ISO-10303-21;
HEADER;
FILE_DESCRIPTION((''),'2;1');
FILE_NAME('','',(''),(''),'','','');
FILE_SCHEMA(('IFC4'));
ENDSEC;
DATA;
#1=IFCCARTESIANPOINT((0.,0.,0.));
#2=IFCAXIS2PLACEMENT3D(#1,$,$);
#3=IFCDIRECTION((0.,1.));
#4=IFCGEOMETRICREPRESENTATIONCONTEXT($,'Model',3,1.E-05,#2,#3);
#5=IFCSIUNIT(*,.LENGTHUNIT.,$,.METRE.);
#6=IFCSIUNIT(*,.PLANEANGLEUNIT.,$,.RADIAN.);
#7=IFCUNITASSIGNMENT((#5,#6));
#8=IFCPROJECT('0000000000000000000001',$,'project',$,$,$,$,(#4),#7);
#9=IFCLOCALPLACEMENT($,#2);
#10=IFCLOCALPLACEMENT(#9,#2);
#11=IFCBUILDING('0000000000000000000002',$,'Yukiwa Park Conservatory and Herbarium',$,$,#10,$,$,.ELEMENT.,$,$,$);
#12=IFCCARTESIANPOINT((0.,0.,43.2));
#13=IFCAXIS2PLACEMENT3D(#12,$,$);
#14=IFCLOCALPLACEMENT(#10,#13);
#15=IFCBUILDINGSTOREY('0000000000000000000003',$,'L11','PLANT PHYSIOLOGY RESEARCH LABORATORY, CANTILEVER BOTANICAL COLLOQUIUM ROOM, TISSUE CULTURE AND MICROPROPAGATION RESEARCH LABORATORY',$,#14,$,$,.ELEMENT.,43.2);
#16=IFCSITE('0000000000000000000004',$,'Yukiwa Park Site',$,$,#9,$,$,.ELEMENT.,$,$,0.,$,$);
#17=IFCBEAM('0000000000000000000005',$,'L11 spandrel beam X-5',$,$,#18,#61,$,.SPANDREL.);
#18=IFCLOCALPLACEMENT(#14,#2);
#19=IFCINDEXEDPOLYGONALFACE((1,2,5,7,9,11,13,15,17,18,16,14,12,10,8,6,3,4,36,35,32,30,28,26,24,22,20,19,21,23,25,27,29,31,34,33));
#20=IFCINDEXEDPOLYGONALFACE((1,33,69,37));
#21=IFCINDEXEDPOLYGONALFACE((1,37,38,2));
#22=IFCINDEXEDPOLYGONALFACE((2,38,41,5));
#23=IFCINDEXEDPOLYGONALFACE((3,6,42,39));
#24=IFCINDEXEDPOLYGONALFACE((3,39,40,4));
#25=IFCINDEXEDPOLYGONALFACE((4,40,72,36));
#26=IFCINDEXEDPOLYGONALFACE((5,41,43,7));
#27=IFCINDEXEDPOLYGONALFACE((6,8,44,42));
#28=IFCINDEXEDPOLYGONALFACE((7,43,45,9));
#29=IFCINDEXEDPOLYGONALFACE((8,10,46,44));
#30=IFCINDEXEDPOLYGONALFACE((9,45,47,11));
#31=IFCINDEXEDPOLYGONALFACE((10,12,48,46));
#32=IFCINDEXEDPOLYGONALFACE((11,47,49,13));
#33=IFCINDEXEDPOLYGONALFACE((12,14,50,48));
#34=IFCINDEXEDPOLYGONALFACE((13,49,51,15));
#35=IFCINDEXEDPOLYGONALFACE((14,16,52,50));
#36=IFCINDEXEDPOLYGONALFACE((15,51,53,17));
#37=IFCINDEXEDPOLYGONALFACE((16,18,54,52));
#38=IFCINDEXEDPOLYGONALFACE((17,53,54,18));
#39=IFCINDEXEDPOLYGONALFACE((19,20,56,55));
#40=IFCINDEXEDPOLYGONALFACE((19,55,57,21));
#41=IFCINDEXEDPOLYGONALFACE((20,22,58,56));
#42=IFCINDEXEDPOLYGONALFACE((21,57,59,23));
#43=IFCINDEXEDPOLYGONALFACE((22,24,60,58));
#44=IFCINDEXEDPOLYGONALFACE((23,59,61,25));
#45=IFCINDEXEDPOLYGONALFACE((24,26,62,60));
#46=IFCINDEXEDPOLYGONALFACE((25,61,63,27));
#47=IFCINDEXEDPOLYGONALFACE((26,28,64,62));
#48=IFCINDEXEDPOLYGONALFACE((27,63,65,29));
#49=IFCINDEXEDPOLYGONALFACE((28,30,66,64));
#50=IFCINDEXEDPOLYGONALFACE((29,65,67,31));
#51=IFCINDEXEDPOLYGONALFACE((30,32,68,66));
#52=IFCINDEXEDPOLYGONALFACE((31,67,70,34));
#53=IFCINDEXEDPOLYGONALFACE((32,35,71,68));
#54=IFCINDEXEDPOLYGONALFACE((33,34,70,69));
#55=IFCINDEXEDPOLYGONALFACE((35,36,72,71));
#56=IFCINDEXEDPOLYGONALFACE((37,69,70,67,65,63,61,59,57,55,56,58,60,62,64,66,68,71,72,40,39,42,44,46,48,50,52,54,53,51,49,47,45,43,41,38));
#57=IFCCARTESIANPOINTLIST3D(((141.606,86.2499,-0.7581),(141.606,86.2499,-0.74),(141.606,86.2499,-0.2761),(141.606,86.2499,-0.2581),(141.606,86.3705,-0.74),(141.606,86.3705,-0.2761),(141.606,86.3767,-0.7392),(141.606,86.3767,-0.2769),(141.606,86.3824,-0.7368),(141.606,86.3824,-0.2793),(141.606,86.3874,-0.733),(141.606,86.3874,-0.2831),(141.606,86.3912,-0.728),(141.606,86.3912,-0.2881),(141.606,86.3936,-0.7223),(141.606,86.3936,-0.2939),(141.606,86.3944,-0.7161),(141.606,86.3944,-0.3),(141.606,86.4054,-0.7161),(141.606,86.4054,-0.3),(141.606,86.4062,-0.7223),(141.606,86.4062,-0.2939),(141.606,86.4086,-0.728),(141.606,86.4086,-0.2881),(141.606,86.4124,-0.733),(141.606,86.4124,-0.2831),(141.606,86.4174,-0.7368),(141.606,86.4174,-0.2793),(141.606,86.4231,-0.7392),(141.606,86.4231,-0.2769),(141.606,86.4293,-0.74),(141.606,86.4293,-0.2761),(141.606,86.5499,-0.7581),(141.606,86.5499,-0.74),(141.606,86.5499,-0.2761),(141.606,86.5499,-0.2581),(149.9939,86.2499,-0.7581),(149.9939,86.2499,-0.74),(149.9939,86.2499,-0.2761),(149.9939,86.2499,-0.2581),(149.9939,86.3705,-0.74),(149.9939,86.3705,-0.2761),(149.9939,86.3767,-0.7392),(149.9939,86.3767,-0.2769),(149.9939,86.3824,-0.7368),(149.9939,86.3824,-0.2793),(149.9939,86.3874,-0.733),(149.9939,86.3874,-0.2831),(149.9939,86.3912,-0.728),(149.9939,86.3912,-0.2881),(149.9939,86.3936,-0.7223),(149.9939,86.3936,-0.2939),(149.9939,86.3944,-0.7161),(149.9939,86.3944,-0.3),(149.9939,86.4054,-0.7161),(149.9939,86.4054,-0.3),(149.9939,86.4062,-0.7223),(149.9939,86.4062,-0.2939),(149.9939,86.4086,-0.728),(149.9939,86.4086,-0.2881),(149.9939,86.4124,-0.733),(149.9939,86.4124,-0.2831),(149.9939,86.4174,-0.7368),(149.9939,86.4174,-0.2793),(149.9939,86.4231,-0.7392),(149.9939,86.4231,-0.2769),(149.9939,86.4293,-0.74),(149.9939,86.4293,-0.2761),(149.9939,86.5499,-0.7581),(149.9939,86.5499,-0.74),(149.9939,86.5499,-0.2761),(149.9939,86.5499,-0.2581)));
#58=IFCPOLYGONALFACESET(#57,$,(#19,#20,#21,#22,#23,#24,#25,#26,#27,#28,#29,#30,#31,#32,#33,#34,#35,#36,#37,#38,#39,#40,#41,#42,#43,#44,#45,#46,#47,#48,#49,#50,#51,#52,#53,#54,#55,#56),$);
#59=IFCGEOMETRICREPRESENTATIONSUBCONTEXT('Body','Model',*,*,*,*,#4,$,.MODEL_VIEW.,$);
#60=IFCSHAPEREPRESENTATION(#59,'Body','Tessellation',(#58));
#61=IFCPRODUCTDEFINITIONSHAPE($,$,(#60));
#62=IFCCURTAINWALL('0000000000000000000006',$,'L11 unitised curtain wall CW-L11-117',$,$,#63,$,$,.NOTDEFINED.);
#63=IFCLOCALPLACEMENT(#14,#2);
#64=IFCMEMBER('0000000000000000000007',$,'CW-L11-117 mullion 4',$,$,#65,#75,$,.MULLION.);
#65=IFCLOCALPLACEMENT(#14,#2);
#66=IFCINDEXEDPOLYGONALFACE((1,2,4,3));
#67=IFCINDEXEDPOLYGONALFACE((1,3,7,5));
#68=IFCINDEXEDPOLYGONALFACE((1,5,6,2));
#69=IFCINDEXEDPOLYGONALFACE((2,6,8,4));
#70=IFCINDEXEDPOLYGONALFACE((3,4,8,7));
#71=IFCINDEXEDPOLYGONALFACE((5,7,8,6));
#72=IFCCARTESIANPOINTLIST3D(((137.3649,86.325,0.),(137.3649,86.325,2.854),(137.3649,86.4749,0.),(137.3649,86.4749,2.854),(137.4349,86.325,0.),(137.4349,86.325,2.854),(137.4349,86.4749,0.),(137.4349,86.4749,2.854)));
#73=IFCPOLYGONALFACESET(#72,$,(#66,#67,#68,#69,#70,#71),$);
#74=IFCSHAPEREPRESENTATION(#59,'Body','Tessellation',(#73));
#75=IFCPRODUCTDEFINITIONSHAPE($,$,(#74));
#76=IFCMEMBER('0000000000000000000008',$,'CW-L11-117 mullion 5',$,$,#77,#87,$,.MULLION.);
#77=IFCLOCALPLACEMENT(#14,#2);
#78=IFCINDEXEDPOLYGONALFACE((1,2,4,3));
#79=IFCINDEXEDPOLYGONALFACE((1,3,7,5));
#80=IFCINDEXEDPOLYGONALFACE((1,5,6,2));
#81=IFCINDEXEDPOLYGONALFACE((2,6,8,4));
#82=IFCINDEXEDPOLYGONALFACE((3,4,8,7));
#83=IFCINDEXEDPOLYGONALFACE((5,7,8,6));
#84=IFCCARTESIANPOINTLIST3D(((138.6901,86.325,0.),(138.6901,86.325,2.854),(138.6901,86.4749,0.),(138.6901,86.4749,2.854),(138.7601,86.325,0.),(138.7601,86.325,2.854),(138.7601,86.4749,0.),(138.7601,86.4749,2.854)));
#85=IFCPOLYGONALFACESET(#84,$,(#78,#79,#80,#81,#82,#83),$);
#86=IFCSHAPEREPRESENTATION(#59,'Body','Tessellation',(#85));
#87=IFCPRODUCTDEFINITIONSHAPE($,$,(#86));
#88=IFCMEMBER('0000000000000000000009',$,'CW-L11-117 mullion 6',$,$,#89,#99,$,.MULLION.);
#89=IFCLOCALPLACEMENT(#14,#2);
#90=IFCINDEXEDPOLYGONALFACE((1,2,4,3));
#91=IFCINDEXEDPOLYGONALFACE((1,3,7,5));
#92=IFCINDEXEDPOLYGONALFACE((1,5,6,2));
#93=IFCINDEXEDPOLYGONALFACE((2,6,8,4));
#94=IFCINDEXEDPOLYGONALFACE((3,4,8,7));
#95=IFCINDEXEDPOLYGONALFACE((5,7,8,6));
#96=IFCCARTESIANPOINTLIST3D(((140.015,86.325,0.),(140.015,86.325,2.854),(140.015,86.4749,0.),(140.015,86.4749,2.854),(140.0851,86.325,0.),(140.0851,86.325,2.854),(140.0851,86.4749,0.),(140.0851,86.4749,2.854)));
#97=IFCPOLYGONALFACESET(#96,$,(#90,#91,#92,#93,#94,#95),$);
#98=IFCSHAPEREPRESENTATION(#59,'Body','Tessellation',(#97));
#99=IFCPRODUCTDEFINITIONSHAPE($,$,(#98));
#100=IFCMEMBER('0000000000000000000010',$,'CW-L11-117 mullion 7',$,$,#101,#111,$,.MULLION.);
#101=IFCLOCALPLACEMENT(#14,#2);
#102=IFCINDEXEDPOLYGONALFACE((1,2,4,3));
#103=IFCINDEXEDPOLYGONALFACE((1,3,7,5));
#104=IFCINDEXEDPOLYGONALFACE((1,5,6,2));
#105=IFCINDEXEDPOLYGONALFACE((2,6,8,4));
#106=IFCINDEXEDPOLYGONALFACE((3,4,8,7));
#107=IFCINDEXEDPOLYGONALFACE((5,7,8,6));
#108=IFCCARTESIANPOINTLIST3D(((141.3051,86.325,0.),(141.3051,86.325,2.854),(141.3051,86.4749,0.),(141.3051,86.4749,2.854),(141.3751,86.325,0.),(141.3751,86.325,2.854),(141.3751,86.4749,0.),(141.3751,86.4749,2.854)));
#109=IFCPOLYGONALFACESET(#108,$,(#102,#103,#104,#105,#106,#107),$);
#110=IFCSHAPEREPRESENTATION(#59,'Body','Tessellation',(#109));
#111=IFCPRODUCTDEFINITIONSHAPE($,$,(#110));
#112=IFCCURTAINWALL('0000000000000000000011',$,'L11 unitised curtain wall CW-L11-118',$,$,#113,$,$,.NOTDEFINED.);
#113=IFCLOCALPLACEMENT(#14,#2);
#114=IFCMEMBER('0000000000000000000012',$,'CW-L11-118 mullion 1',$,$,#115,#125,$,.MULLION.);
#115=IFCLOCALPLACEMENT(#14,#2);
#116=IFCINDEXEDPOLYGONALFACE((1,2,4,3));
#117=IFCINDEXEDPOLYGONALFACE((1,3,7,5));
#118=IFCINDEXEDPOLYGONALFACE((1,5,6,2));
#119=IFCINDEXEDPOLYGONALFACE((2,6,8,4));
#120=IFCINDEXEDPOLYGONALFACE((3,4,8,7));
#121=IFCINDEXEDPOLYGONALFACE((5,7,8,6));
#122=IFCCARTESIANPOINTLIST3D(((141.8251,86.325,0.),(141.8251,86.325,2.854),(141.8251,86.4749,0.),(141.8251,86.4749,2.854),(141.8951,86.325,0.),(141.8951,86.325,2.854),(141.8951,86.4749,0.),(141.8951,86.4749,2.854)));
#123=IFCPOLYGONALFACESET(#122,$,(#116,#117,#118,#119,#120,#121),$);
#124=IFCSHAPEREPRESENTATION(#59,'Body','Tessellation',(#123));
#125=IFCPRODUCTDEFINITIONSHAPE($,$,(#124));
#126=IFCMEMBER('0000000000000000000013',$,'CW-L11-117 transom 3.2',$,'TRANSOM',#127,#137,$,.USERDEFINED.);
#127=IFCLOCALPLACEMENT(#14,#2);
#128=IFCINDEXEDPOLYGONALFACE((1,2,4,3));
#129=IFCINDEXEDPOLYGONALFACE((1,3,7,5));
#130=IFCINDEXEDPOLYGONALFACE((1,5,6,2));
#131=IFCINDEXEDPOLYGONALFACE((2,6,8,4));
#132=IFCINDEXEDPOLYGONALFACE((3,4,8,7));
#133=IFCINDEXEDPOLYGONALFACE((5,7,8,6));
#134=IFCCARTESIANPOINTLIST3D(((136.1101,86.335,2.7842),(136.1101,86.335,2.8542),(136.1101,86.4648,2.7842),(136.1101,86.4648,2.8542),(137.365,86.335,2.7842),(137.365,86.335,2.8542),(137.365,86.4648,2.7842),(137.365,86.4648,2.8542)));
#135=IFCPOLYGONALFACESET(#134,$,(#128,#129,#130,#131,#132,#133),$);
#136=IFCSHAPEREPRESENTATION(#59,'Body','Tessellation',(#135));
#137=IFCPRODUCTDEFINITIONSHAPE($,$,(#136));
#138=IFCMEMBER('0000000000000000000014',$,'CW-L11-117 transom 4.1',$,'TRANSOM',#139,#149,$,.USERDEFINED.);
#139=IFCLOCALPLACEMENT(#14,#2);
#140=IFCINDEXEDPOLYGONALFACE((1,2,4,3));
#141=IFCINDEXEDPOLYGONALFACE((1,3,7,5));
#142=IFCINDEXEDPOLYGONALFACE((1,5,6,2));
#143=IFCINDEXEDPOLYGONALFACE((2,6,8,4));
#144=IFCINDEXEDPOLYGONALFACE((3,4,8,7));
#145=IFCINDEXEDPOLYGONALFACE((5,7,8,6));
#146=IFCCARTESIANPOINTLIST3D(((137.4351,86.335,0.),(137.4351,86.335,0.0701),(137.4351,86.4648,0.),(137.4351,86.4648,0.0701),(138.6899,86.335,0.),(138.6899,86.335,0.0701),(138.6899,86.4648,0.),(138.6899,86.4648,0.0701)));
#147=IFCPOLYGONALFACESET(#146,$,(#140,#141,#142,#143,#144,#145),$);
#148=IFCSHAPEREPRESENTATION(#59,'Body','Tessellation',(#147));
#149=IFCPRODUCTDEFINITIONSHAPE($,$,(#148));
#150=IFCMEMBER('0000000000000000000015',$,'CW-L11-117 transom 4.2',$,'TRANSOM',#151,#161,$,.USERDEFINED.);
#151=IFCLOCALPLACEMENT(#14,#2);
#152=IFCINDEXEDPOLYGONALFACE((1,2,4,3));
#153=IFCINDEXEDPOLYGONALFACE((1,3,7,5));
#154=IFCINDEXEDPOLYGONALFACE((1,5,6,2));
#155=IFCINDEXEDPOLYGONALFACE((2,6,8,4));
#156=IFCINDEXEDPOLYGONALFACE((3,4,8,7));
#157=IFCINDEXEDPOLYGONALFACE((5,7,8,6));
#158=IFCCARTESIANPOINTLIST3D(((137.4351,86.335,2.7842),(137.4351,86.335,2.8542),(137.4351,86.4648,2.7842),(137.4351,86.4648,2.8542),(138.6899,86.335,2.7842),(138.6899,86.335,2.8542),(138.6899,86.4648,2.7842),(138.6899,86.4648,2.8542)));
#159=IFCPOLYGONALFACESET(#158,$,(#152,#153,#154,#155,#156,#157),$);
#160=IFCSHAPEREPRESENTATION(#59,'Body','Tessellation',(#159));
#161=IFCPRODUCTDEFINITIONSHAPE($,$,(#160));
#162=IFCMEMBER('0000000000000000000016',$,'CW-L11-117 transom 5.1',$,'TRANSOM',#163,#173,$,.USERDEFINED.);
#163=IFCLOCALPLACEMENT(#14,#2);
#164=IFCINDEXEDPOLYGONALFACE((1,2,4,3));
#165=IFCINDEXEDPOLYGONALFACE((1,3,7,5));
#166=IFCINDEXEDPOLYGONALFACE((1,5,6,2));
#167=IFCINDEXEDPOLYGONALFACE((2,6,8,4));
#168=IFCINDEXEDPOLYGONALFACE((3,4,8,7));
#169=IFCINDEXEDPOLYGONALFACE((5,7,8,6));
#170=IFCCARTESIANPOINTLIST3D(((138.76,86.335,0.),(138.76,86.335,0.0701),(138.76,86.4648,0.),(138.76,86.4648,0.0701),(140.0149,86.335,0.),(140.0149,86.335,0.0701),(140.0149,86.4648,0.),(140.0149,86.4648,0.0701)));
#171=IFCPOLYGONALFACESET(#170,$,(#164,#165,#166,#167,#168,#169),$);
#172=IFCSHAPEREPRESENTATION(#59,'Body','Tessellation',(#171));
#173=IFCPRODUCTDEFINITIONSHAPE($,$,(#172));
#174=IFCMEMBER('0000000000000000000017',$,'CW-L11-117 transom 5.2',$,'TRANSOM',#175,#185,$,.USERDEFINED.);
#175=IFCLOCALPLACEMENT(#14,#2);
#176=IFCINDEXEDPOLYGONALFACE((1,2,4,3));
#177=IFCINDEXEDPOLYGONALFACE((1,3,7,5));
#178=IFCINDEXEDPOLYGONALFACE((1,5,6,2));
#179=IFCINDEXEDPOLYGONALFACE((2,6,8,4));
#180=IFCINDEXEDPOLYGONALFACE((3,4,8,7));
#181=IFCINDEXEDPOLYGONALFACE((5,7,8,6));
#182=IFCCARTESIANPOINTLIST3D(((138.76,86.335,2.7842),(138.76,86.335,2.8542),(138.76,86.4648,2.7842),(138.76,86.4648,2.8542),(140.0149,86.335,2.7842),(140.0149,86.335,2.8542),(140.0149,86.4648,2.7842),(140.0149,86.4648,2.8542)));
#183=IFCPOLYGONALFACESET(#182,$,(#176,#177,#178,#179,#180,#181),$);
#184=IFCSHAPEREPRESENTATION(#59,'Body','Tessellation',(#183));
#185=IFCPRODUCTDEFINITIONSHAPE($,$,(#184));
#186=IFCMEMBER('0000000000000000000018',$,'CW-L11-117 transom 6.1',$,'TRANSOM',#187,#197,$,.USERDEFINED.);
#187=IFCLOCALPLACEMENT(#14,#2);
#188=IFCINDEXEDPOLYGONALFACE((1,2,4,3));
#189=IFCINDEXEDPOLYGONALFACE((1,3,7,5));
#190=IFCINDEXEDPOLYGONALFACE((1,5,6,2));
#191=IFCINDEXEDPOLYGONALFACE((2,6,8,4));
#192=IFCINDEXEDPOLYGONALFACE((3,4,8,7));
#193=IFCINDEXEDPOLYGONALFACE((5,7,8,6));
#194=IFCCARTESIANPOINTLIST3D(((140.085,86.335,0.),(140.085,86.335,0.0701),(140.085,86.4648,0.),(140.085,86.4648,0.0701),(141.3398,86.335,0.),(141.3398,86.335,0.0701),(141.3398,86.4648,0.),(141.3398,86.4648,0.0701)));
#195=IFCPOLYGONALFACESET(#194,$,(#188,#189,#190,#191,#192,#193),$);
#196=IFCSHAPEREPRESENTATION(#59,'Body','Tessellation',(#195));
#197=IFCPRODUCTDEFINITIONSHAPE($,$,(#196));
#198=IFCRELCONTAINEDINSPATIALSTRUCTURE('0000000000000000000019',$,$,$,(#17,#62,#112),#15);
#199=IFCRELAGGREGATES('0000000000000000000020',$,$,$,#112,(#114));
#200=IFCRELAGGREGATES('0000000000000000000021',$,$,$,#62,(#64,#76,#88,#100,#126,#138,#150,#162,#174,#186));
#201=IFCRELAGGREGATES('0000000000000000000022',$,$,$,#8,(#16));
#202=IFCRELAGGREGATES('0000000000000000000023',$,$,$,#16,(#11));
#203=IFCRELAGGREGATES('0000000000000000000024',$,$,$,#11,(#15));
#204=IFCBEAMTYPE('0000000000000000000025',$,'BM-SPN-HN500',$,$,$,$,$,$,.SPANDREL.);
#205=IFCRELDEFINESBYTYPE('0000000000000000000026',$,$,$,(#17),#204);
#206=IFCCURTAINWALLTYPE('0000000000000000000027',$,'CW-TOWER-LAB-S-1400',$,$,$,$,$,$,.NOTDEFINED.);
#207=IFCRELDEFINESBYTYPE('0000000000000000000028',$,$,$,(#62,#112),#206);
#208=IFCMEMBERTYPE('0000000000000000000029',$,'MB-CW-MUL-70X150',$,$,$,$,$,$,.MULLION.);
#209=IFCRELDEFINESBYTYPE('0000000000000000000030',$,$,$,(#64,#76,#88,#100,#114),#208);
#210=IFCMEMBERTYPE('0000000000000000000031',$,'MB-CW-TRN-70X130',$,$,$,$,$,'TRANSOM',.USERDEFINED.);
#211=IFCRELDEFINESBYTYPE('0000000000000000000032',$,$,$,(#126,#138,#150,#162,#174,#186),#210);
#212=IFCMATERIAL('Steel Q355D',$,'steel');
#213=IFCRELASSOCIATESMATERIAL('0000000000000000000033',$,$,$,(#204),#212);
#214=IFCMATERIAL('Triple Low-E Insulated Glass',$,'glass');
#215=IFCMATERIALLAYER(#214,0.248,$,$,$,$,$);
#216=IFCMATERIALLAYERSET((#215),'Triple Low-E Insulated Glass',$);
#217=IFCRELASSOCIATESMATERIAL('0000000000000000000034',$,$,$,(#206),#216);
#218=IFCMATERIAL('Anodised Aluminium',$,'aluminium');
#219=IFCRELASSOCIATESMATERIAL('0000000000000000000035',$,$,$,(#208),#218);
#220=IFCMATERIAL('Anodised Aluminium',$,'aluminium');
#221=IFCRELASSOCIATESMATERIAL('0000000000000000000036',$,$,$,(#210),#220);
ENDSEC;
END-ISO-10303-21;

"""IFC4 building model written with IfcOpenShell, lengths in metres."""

from ifc_helpers import new_model, si_unit, direction, frame, origin, origin_2d, place, context, subcontext, project, spatial, rectangle, i_section, extrude, material, layer, layer_set, material_profile, profile_set, type_object, element, aggregate, save


model = new_model("IFC4")

# Units and contexts
model_context = context("Model", 3, precision=1e-05, world=origin(), true_north=direction((0.0, 1.0)))
body_context = subcontext(model_context, "Body", "Model", "MODEL_VIEW")
ifc_project = project(units=[si_unit("LENGTHUNIT", "METRE"), si_unit("PLANEANGLEUNIT", "RADIAN")], contexts=[model_context])

# Site, building, storey
site_placement = place(None, origin())
site = spatial("IfcSite", under=ifc_project, at=site_placement, Name="Yukiwa Park Site", CompositionType="ELEMENT", RefElevation=0.0)
building_placement = place(site_placement, origin())
building = spatial("IfcBuilding", under=site, at=building_placement, Name="Yukiwa Park Conservatory and Herbarium", CompositionType="ELEMENT")
storey_placement = place(building_placement, frame((0.0, 0.0, 43.2)))
storey = spatial("IfcBuildingStorey", under=building, at=storey_placement, Name="L11", Description="PLANT PHYSIOLOGY RESEARCH LABORATORY, CANTILEVER BOTANICAL COLLOQUIUM ROOM, TISSUE CULTURE AND MICROPROPAGATION RESEARCH LABORATORY", CompositionType="ELEMENT", Elevation=43.2)

# Beam
ifc_material_1 = material(Name="Steel Q355D", Category="steel")
ifc_material_profile_1 = material_profile(ifc_material_1, i_section(OverallWidth=0.3, OverallDepth=0.5, WebThickness=0.011, FlangeThickness=0.0181, FilletRadius=0.0239, at=origin_2d()), Name="HM 500x300x11x18")
ifc_profile_set_1 = profile_set([ifc_material_profile_1], Name="Steel Q355D")
beam_type_1 = type_object("IfcBeamType", Name="BM-SPN-HN500", PredefinedType="SPANDREL", material=ifc_profile_set_1)
beam_1_placement = place(storey_placement, frame((141.606, 86.3999, -0.5081), z_axis=(1.0, 0.0, 0.0), x_axis=(0.0, 1.0, 0.0)))
element("IfcBeam", 1, at=beam_1_placement, inside=storey, type_object=beam_type_1, Name="L11 spandrel beam X-5", PredefinedType="SPANDREL", context=body_context, shape_type="SweptSolid", body=[
    extrude(i_section(OverallWidth=0.3, OverallDepth=0.5, WebThickness=0.011, FlangeThickness=0.0181, FilletRadius=0.0239, at=origin_2d()), origin(), (0.0, 0.0, 1.0), 8.3879),
])

# Curtain wall, members
ifc_material_2 = material(Name="Triple Low-E Insulated Glass", Category="glass")
ifc_layer_1 = layer(ifc_material_2, 0.248)
ifc_layer_set_1 = layer_set([ifc_layer_1], Name="Triple Low-E Insulated Glass")
curtain_wall_type = type_object("IfcCurtainWallType", Name="CW-TOWER-LAB-S-1400", PredefinedType="NOTDEFINED", material=ifc_layer_set_1)
curtain_wall_1_placement = place(storey_placement, origin())
curtain_wall_1 = element("IfcCurtainWall", 2, at=curtain_wall_1_placement, inside=storey, type_object=curtain_wall_type, Name="L11 unitised curtain wall CW-L11-117", PredefinedType="NOTDEFINED")
ifc_material_3 = material(Name="Anodised Aluminium", Category="aluminium")
member_type_1 = type_object("IfcMemberType", Name="MB-CW-MUL-70X150", PredefinedType="MULLION", material=ifc_material_3)
member_1_placement = place(storey_placement, frame((137.3999, 86.3999, 0.0), z_axis=(0.0, 0.0, 1.0), x_axis=(1.0, 0.0, 0.0)))
member_1 = element("IfcMember", 3, at=member_1_placement, type_object=member_type_1, Name="CW-L11-117 mullion 4", PredefinedType="MULLION", context=body_context, shape_type="SweptSolid", body=[
    extrude(rectangle(XDim=0.0701, YDim=0.1499, at=origin_2d()), origin(), (0.0, 0.0, 1.0), 2.854),
])
member_2_placement = place(storey_placement, frame((138.7251, 86.3999, 0.0), z_axis=(0.0, 0.0, 1.0), x_axis=(1.0, 0.0, 0.0)))
member_2 = element("IfcMember", 4, at=member_2_placement, type_object=member_type_1, Name="CW-L11-117 mullion 5", PredefinedType="MULLION", context=body_context, shape_type="SweptSolid", body=[
    extrude(rectangle(XDim=0.0701, YDim=0.1499, at=origin_2d()), origin(), (0.0, 0.0, 1.0), 2.854),
])
member_3_placement = place(storey_placement, frame((140.05, 86.3999, 0.0), z_axis=(0.0, 0.0, 1.0), x_axis=(1.0, 0.0, 0.0)))
member_3 = element("IfcMember", 5, at=member_3_placement, type_object=member_type_1, Name="CW-L11-117 mullion 6", PredefinedType="MULLION", context=body_context, shape_type="SweptSolid", body=[
    extrude(rectangle(XDim=0.0701, YDim=0.1499, at=origin_2d()), origin(), (0.0, 0.0, 1.0), 2.854),
])
member_4_placement = place(storey_placement, frame((141.3401, 86.3999, 0.0), z_axis=(0.0, 0.0, 1.0), x_axis=(1.0, 0.0, 0.0)))
member_4 = element("IfcMember", 6, at=member_4_placement, type_object=member_type_1, Name="CW-L11-117 mullion 7", PredefinedType="MULLION", context=body_context, shape_type="SweptSolid", body=[
    extrude(rectangle(XDim=0.0701, YDim=0.1499, at=origin_2d()), origin(), (0.0, 0.0, 1.0), 2.854),
])

# Curtain wall, member
curtain_wall_2_placement = place(storey_placement, origin())
curtain_wall_2 = element("IfcCurtainWall", 7, at=curtain_wall_2_placement, inside=storey, type_object=curtain_wall_type, Name="L11 unitised curtain wall CW-L11-118", PredefinedType="NOTDEFINED")
member_5_placement = place(storey_placement, frame((141.8601, 86.3999, 0.0), z_axis=(0.0, 0.0, 1.0), x_axis=(1.0, 0.0, 0.0)))
member_5 = element("IfcMember", 8, at=member_5_placement, type_object=member_type_1, Name="CW-L11-118 mullion 1", PredefinedType="MULLION", context=body_context, shape_type="SweptSolid", body=[
    extrude(rectangle(XDim=0.0701, YDim=0.1499, at=origin_2d()), origin(), (0.0, 0.0, 1.0), 2.854),
])

# Members
ifc_material_4 = material(Name="Anodised Aluminium", Category="aluminium")
member_type_2 = type_object("IfcMemberType", Name="MB-CW-TRN-70X130", ElementType="TRANSOM", PredefinedType="USERDEFINED", material=ifc_material_4)
member_6_placement = place(storey_placement, frame((136.7375, 86.3999, 2.7842), z_axis=(0.0, 0.0, 1.0), x_axis=(1.0, 0.0, 0.0)))
member_6 = element("IfcMember", 9, at=member_6_placement, type_object=member_type_2, Name="CW-L11-117 transom 3.2", ObjectType="TRANSOM", PredefinedType="USERDEFINED", context=body_context, shape_type="SweptSolid", body=[
    extrude(rectangle(XDim=1.2549, YDim=0.1299, at=origin_2d()), origin(), (0.0, 0.0, 1.0), 0.0701),
])
member_7_placement = place(storey_placement, frame((138.0625, 86.3999, 0.0), z_axis=(0.0, 0.0, 1.0), x_axis=(1.0, 0.0, 0.0)))
member_7 = element("IfcMember", 10, at=member_7_placement, type_object=member_type_2, Name="CW-L11-117 transom 4.1", ObjectType="TRANSOM", PredefinedType="USERDEFINED", context=body_context, shape_type="SweptSolid", body=[
    extrude(rectangle(XDim=1.2549, YDim=0.1299, at=origin_2d()), origin(), (0.0, 0.0, 1.0), 0.0701),
])
member_8_placement = place(storey_placement, frame((138.0625, 86.3999, 2.7842), z_axis=(0.0, 0.0, 1.0), x_axis=(1.0, 0.0, 0.0)))
member_8 = element("IfcMember", 11, at=member_8_placement, type_object=member_type_2, Name="CW-L11-117 transom 4.2", ObjectType="TRANSOM", PredefinedType="USERDEFINED", context=body_context, shape_type="SweptSolid", body=[
    extrude(rectangle(XDim=1.2549, YDim=0.1299, at=origin_2d()), origin(), (0.0, 0.0, 1.0), 0.0701),
])
member_9_placement = place(storey_placement, frame((139.3875, 86.3999, 0.0), z_axis=(0.0, 0.0, 1.0), x_axis=(1.0, 0.0, 0.0)))
member_9 = element("IfcMember", 12, at=member_9_placement, type_object=member_type_2, Name="CW-L11-117 transom 5.1", ObjectType="TRANSOM", PredefinedType="USERDEFINED", context=body_context, shape_type="SweptSolid", body=[
    extrude(rectangle(XDim=1.2549, YDim=0.1299, at=origin_2d()), origin(), (0.0, 0.0, 1.0), 0.0701),
])
member_10_placement = place(storey_placement, frame((139.3875, 86.3999, 2.7842), z_axis=(0.0, 0.0, 1.0), x_axis=(1.0, 0.0, 0.0)))
member_10 = element("IfcMember", 13, at=member_10_placement, type_object=member_type_2, Name="CW-L11-117 transom 5.2", ObjectType="TRANSOM", PredefinedType="USERDEFINED", context=body_context, shape_type="SweptSolid", body=[
    extrude(rectangle(XDim=1.2549, YDim=0.1299, at=origin_2d()), origin(), (0.0, 0.0, 1.0), 0.0701),
])
member_11_placement = place(storey_placement, frame((140.7124, 86.3999, 0.0), z_axis=(0.0, 0.0, 1.0), x_axis=(1.0, 0.0, 0.0)))
member_11 = element("IfcMember", 14, at=member_11_placement, type_object=member_type_2, Name="CW-L11-117 transom 6.1", ObjectType="TRANSOM", PredefinedType="USERDEFINED", context=body_context, shape_type="SweptSolid", body=[
    extrude(rectangle(XDim=1.2549, YDim=0.1299, at=origin_2d()), origin(), (0.0, 0.0, 1.0), 0.0701),
])
aggregate(curtain_wall_2, [member_5])

aggregate(curtain_wall_1, [member_1, member_2, member_3, member_4, member_6, member_7, member_8, member_9, member_10, member_11])

save(model, "model.ifc")
